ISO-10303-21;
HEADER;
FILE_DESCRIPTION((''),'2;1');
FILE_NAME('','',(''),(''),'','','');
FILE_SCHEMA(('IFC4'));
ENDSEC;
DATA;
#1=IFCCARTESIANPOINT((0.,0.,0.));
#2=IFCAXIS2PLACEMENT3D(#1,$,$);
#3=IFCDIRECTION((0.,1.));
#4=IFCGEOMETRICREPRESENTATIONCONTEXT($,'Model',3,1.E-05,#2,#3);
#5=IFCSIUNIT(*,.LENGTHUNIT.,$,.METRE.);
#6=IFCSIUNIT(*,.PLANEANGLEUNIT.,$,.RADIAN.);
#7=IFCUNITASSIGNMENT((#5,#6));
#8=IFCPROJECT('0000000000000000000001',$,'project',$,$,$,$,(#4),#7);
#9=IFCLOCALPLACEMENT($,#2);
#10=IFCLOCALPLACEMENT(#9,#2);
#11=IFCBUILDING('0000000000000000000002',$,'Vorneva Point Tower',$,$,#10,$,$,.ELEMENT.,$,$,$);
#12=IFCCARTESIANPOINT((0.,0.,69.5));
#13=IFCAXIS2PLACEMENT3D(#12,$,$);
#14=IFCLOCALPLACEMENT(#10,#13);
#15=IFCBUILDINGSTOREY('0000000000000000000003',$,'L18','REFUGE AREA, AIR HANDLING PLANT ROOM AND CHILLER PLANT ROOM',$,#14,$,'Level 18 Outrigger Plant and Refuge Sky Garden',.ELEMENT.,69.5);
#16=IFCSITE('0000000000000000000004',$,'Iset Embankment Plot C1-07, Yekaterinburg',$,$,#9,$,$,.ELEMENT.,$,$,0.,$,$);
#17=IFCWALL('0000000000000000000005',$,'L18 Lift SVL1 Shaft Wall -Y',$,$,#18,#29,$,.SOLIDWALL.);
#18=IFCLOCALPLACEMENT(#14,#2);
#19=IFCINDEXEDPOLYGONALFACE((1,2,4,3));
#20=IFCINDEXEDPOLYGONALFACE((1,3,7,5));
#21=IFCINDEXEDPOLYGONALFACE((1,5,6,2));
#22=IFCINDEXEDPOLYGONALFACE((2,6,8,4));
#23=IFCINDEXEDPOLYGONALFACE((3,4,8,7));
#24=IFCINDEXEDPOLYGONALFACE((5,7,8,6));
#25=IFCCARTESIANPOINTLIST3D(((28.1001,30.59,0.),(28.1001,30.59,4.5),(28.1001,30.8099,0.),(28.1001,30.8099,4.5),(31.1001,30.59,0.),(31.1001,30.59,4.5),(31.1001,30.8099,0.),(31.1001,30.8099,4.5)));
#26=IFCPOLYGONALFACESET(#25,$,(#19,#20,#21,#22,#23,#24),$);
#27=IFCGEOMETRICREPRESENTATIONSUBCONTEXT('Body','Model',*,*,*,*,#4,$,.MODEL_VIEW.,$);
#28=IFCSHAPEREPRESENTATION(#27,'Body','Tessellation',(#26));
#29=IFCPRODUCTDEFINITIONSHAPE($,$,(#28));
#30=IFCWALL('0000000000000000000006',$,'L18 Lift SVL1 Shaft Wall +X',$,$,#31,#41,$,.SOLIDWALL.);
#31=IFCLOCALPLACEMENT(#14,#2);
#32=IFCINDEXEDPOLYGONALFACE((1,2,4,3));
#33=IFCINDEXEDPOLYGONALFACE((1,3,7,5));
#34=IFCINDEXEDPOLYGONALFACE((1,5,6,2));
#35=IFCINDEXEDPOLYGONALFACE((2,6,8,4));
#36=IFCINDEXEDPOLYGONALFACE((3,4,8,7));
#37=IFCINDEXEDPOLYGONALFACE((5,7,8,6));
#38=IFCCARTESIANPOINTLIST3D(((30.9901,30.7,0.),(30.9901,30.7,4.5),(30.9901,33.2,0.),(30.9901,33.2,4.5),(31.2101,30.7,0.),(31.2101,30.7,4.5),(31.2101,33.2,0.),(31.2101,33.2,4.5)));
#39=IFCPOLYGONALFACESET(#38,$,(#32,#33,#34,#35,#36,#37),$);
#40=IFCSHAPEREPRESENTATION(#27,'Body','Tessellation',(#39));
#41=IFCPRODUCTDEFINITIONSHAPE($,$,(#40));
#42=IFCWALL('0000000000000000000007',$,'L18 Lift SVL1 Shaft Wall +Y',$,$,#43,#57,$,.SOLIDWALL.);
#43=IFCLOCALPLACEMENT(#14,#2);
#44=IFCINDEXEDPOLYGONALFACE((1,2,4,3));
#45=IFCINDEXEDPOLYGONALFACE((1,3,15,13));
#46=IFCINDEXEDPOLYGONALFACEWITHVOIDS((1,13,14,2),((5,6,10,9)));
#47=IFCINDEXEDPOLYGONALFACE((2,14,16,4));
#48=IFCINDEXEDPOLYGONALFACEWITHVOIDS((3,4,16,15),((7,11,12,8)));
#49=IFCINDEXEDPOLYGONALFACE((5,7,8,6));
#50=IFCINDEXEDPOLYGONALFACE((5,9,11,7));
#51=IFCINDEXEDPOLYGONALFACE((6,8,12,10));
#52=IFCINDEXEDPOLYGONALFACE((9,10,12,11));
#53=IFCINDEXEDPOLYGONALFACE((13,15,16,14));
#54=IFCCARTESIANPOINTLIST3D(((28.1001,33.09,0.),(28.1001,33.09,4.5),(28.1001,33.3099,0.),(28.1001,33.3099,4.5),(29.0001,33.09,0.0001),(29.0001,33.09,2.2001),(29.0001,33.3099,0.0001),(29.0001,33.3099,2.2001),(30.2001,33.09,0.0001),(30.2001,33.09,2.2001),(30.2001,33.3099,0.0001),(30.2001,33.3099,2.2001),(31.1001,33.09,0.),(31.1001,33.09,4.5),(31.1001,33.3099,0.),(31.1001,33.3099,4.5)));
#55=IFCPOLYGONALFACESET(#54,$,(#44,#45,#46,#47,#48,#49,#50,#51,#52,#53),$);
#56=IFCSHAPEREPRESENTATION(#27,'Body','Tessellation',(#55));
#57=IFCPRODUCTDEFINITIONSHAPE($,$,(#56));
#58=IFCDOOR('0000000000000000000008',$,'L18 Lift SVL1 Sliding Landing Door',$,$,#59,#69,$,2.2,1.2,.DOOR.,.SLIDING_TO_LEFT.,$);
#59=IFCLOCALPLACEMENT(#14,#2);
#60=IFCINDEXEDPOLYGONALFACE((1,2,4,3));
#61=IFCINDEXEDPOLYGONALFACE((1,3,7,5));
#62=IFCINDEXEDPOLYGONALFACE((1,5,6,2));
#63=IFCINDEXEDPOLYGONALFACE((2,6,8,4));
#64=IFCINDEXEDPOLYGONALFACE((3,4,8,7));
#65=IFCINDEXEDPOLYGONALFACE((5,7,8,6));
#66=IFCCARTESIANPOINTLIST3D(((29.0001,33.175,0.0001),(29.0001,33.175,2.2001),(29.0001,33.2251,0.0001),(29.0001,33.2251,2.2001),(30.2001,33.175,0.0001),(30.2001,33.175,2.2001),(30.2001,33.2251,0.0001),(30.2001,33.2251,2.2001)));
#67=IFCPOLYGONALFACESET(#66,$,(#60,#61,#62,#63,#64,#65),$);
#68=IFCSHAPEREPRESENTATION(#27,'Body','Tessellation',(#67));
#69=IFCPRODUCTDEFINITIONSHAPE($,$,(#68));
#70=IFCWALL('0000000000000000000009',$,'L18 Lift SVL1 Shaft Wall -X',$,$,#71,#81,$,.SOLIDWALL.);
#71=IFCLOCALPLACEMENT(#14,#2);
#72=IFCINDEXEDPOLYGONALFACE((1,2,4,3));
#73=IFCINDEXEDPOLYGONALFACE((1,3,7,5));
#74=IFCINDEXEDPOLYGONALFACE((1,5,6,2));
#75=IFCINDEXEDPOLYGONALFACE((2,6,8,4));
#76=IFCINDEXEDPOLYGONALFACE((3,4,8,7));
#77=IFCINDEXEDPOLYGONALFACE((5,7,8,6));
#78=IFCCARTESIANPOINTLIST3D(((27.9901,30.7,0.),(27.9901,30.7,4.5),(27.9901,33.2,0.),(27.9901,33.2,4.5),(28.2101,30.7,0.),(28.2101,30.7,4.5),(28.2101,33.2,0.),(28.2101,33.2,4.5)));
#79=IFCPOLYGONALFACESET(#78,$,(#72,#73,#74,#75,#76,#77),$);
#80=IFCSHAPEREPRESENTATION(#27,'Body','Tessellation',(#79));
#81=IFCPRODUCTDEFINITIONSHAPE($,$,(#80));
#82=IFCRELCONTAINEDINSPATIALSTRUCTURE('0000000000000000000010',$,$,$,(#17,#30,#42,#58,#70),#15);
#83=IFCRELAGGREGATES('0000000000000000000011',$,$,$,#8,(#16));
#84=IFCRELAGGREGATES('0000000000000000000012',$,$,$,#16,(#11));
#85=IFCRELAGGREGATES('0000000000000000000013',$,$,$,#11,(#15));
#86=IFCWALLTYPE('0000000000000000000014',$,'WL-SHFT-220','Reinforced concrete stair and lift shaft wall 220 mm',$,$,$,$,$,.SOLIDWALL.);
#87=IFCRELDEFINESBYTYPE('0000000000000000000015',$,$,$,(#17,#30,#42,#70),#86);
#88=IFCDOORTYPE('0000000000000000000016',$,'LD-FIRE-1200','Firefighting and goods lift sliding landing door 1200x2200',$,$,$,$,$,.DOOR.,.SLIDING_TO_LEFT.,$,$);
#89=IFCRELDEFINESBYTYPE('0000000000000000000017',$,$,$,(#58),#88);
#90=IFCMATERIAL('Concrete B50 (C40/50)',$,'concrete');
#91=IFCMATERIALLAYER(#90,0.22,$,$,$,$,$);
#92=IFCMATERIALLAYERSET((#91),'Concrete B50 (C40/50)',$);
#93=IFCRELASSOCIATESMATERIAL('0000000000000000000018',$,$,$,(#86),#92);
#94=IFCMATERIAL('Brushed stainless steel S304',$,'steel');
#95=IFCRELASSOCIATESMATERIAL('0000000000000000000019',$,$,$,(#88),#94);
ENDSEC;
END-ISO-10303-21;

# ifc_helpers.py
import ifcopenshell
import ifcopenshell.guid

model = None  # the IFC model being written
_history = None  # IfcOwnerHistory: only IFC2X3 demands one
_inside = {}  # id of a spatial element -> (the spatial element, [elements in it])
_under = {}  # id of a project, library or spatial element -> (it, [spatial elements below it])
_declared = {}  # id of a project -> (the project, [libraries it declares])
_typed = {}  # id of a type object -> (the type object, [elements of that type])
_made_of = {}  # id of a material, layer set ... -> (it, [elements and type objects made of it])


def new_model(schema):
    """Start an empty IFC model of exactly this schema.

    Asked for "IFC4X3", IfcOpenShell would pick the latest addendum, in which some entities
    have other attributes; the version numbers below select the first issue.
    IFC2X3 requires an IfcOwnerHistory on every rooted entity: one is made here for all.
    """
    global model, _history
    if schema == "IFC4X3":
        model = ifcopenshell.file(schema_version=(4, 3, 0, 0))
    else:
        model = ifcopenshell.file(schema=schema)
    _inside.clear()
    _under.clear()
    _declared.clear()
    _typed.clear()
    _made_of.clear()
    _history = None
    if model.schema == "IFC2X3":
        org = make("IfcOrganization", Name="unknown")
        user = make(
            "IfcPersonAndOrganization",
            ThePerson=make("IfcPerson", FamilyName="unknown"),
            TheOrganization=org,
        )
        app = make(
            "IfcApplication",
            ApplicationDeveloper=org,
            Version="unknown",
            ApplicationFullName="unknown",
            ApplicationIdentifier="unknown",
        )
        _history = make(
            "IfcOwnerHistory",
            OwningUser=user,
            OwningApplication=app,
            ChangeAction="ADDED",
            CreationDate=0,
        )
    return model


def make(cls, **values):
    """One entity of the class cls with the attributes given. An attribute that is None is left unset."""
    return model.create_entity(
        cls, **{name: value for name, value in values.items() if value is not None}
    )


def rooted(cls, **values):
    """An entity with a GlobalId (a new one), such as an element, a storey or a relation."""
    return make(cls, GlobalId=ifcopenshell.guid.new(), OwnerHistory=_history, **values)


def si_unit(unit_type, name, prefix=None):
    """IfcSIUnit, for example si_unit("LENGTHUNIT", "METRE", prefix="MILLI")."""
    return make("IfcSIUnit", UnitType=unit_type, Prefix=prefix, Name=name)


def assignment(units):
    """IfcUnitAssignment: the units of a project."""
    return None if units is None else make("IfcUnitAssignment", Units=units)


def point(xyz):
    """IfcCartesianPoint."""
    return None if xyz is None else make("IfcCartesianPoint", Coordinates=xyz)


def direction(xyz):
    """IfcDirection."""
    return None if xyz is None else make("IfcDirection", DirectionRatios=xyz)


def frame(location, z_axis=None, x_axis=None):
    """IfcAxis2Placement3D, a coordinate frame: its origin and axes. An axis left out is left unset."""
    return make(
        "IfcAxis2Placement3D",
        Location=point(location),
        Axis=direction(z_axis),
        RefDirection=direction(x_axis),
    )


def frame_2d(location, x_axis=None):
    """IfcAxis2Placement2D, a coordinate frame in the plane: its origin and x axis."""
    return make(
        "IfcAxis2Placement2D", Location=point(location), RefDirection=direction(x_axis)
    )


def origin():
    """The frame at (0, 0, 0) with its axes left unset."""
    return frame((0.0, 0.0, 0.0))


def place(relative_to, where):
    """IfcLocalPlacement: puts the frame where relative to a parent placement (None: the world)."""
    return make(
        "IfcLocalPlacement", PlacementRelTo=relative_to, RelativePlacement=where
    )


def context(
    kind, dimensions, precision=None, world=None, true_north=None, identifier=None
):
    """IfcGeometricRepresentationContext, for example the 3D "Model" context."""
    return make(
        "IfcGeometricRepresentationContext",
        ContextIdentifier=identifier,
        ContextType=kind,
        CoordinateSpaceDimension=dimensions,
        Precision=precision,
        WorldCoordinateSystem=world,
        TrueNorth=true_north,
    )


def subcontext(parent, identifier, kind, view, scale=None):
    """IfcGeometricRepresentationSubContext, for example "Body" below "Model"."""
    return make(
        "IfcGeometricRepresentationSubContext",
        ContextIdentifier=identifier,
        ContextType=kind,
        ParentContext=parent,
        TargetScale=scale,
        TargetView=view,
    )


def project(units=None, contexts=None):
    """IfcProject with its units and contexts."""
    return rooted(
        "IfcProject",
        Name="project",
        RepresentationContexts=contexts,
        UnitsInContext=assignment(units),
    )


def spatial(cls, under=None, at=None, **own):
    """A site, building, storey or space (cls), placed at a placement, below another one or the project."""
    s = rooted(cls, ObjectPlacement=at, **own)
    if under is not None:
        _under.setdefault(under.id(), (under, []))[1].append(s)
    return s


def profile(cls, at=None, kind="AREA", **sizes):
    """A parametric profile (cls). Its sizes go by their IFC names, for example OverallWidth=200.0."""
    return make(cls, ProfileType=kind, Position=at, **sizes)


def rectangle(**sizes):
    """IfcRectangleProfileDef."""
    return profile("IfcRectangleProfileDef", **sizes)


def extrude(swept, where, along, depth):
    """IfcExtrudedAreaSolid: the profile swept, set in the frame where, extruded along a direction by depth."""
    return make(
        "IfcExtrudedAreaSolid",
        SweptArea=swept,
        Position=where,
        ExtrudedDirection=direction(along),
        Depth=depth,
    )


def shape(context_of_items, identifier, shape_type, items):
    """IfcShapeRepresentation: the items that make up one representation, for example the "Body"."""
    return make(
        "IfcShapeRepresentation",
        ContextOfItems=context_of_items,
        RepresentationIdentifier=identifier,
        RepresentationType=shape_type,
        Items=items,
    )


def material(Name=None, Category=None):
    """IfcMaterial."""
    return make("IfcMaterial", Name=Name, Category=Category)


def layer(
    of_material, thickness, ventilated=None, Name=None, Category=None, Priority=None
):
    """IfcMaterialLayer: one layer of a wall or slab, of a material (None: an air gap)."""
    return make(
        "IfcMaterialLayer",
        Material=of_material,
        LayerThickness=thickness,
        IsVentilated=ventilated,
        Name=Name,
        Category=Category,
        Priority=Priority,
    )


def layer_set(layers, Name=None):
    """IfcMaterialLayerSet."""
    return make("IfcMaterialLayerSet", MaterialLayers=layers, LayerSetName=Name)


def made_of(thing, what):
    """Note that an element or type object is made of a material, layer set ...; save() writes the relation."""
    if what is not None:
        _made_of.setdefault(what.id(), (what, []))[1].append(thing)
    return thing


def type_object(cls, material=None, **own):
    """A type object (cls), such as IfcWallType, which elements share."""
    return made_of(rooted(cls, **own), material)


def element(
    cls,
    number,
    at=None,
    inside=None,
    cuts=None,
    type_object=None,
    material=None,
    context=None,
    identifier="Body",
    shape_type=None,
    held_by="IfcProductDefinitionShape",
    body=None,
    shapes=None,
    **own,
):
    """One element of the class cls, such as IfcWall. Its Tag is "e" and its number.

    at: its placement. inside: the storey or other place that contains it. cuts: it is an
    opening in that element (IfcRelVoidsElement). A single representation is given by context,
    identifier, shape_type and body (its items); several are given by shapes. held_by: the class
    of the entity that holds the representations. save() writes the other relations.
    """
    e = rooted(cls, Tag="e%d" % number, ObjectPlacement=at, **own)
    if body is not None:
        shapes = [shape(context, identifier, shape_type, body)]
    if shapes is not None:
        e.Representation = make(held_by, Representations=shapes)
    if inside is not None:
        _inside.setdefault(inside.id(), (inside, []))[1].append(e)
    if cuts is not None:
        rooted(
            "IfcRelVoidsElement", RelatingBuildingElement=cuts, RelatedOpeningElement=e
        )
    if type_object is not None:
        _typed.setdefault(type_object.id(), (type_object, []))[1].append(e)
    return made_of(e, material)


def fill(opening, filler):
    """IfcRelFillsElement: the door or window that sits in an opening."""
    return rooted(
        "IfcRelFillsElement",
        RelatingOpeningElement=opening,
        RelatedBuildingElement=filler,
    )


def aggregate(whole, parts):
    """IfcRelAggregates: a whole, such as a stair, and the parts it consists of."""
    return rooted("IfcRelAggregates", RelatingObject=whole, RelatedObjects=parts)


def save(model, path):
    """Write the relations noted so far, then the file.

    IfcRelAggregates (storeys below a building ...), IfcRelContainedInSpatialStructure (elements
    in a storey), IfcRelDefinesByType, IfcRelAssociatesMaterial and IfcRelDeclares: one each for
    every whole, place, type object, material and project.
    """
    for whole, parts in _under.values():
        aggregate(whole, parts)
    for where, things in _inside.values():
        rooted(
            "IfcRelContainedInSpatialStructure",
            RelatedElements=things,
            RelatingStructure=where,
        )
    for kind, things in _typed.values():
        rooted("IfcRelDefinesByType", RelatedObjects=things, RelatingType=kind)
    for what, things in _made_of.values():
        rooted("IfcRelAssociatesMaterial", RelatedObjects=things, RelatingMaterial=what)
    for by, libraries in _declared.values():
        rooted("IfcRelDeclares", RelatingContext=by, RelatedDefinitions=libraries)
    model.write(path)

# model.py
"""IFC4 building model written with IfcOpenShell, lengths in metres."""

from ifc_helpers import new_model, si_unit, direction, frame, frame_2d, origin, place, context, subcontext, project, spatial, rectangle, extrude, material, layer, layer_set, type_object, element, fill, save


model = new_model("IFC4")

# Units and contexts
model_context = context("Model", 3, precision=1e-05, world=origin(), true_north=direction((0.0, 1.0)))
body_context = subcontext(model_context, "Body", "Model", "MODEL_VIEW")
ifc_project = project(units=[si_unit("LENGTHUNIT", "METRE"), si_unit("PLANEANGLEUNIT", "RADIAN")], contexts=[model_context])

# Site, building, storey
site_placement = place(None, origin())
site = spatial("IfcSite", under=ifc_project, at=site_placement, Name="Iset Embankment Plot C1-07, Yekaterinburg", CompositionType="ELEMENT", RefElevation=0.0)
building_placement = place(site_placement, origin())
building = spatial("IfcBuilding", under=site, at=building_placement, Name="Vorneva Point Tower", CompositionType="ELEMENT")
storey_placement = place(building_placement, frame((0.0, 0.0, 69.5)))
storey = spatial("IfcBuildingStorey", under=building, at=storey_placement, Name="L18", Description="REFUGE AREA, AIR HANDLING PLANT ROOM AND CHILLER PLANT ROOM", LongName="Level 18 Outrigger Plant and Refuge Sky Garden", CompositionType="ELEMENT", Elevation=69.5)

# Walls
ifc_material_1 = material(Name="Concrete B50 (C40/50)", Category="concrete")
ifc_layer_1 = layer(ifc_material_1, 0.22)
ifc_layer_set_1 = layer_set([ifc_layer_1], Name="Concrete B50 (C40/50)")
wall_type_1 = type_object("IfcWallType", Name="WL-SHFT-220", Description="Reinforced concrete stair and lift shaft wall 220 mm", PredefinedType="SOLIDWALL", material=ifc_layer_set_1)
wall_1_placement = place(storey_placement, frame((28.1001, 30.7, 0.0), z_axis=(0.0, 0.0, 1.0), x_axis=(1.0, 0.0, 0.0)))
element("IfcWall", 1, at=wall_1_placement, inside=storey, type_object=wall_type_1, Name="L18 Lift SVL1 Shaft Wall -Y", PredefinedType="SOLIDWALL", context=body_context, shape_type="SweptSolid", body=[
    extrude(rectangle(XDim=3.0, YDim=0.22, at=frame_2d((1.5, 0.0))), origin(), (0.0, 0.0, 1.0), 4.5),
])
wall_2_placement = place(storey_placement, frame((31.1001, 30.7, 0.0), z_axis=(0.0, 0.0, 1.0), x_axis=(0.0, 1.0, 0.0)))
element("IfcWall", 2, at=wall_2_placement, inside=storey, type_object=wall_type_1, Name="L18 Lift SVL1 Shaft Wall +X", PredefinedType="SOLIDWALL", context=body_context, shape_type="SweptSolid", body=[
    extrude(rectangle(XDim=2.5, YDim=0.22, at=frame_2d((1.25, 0.0))), origin(), (0.0, 0.0, 1.0), 4.5),
])

# Wall, opening, door
wall_3_placement = place(storey_placement, frame((31.1001, 33.2, 0.0), z_axis=(0.0, 0.0, 1.0), x_axis=(-1.0, 0.0, 0.0)))
wall_3 = element("IfcWall", 3, at=wall_3_placement, inside=storey, type_object=wall_type_1, Name="L18 Lift SVL1 Shaft Wall +Y", PredefinedType="SOLIDWALL", context=body_context, shape_type="SweptSolid", body=[
    extrude(rectangle(XDim=3.0, YDim=0.22, at=frame_2d((1.5, 0.0))), origin(), (0.0, 0.0, 1.0), 4.5),
])
opening_1_placement = place(wall_3_placement, frame((0.8999, 0.0, 0.0)))
opening_1 = element("IfcOpeningElement", 4, at=opening_1_placement, cuts=wall_3, PredefinedType="OPENING", context=body_context, shape_type="SweptSolid", body=[
    extrude(rectangle(XDim=1.2, YDim=2.2, at=frame_2d((0.6001, 1.1001))), frame((0.0, 0.125, 0.0), z_axis=(0.0, -1.0, 0.0), x_axis=(1.0, 0.0, 0.0)), (0.0, 0.0, 1.0), 0.2498),
])
ifc_material_2 = material(Name="Brushed stainless steel S304", Category="steel")
door_type_1 = type_object("IfcDoorType", Name="LD-FIRE-1200", Description="Firefighting and goods lift sliding landing door 1200x2200", OperationType="SLIDING_TO_LEFT", PredefinedType="DOOR", material=ifc_material_2)
door_1_placement = place(opening_1_placement, origin())
door_1 = element("IfcDoor", 5, at=door_1_placement, inside=storey, type_object=door_type_1, Name="L18 Lift SVL1 Sliding Landing Door", OperationType="SLIDING_TO_LEFT", OverallHeight=2.2, OverallWidth=1.2, PredefinedType="DOOR", context=body_context, shape_type="SweptSolid", body=[
    extrude(rectangle(XDim=1.2, YDim=2.2, at=frame_2d((0.6001, 1.1001))), frame((0.0, 0.0249, 0.0), z_axis=(0.0, -1.0, 0.0), x_axis=(1.0, 0.0, 0.0)), (0.0, 0.0, 1.0), 0.05),
])
fill(opening_1, door_1)

# Wall
wall_4_placement = place(storey_placement, frame((28.1001, 33.2, 0.0), z_axis=(0.0, 0.0, 1.0), x_axis=(0.0, -1.0, 0.0)))
element("IfcWall", 6, at=wall_4_placement, inside=storey, type_object=wall_type_1, Name="L18 Lift SVL1 Shaft Wall -X", PredefinedType="SOLIDWALL", context=body_context, shape_type="SweptSolid", body=[
    extrude(rectangle(XDim=2.5, YDim=0.22, at=frame_2d((1.25, 0.0))), origin(), (0.0, 0.0, 1.0), 4.5),
])

save(model, "model.ifc")
